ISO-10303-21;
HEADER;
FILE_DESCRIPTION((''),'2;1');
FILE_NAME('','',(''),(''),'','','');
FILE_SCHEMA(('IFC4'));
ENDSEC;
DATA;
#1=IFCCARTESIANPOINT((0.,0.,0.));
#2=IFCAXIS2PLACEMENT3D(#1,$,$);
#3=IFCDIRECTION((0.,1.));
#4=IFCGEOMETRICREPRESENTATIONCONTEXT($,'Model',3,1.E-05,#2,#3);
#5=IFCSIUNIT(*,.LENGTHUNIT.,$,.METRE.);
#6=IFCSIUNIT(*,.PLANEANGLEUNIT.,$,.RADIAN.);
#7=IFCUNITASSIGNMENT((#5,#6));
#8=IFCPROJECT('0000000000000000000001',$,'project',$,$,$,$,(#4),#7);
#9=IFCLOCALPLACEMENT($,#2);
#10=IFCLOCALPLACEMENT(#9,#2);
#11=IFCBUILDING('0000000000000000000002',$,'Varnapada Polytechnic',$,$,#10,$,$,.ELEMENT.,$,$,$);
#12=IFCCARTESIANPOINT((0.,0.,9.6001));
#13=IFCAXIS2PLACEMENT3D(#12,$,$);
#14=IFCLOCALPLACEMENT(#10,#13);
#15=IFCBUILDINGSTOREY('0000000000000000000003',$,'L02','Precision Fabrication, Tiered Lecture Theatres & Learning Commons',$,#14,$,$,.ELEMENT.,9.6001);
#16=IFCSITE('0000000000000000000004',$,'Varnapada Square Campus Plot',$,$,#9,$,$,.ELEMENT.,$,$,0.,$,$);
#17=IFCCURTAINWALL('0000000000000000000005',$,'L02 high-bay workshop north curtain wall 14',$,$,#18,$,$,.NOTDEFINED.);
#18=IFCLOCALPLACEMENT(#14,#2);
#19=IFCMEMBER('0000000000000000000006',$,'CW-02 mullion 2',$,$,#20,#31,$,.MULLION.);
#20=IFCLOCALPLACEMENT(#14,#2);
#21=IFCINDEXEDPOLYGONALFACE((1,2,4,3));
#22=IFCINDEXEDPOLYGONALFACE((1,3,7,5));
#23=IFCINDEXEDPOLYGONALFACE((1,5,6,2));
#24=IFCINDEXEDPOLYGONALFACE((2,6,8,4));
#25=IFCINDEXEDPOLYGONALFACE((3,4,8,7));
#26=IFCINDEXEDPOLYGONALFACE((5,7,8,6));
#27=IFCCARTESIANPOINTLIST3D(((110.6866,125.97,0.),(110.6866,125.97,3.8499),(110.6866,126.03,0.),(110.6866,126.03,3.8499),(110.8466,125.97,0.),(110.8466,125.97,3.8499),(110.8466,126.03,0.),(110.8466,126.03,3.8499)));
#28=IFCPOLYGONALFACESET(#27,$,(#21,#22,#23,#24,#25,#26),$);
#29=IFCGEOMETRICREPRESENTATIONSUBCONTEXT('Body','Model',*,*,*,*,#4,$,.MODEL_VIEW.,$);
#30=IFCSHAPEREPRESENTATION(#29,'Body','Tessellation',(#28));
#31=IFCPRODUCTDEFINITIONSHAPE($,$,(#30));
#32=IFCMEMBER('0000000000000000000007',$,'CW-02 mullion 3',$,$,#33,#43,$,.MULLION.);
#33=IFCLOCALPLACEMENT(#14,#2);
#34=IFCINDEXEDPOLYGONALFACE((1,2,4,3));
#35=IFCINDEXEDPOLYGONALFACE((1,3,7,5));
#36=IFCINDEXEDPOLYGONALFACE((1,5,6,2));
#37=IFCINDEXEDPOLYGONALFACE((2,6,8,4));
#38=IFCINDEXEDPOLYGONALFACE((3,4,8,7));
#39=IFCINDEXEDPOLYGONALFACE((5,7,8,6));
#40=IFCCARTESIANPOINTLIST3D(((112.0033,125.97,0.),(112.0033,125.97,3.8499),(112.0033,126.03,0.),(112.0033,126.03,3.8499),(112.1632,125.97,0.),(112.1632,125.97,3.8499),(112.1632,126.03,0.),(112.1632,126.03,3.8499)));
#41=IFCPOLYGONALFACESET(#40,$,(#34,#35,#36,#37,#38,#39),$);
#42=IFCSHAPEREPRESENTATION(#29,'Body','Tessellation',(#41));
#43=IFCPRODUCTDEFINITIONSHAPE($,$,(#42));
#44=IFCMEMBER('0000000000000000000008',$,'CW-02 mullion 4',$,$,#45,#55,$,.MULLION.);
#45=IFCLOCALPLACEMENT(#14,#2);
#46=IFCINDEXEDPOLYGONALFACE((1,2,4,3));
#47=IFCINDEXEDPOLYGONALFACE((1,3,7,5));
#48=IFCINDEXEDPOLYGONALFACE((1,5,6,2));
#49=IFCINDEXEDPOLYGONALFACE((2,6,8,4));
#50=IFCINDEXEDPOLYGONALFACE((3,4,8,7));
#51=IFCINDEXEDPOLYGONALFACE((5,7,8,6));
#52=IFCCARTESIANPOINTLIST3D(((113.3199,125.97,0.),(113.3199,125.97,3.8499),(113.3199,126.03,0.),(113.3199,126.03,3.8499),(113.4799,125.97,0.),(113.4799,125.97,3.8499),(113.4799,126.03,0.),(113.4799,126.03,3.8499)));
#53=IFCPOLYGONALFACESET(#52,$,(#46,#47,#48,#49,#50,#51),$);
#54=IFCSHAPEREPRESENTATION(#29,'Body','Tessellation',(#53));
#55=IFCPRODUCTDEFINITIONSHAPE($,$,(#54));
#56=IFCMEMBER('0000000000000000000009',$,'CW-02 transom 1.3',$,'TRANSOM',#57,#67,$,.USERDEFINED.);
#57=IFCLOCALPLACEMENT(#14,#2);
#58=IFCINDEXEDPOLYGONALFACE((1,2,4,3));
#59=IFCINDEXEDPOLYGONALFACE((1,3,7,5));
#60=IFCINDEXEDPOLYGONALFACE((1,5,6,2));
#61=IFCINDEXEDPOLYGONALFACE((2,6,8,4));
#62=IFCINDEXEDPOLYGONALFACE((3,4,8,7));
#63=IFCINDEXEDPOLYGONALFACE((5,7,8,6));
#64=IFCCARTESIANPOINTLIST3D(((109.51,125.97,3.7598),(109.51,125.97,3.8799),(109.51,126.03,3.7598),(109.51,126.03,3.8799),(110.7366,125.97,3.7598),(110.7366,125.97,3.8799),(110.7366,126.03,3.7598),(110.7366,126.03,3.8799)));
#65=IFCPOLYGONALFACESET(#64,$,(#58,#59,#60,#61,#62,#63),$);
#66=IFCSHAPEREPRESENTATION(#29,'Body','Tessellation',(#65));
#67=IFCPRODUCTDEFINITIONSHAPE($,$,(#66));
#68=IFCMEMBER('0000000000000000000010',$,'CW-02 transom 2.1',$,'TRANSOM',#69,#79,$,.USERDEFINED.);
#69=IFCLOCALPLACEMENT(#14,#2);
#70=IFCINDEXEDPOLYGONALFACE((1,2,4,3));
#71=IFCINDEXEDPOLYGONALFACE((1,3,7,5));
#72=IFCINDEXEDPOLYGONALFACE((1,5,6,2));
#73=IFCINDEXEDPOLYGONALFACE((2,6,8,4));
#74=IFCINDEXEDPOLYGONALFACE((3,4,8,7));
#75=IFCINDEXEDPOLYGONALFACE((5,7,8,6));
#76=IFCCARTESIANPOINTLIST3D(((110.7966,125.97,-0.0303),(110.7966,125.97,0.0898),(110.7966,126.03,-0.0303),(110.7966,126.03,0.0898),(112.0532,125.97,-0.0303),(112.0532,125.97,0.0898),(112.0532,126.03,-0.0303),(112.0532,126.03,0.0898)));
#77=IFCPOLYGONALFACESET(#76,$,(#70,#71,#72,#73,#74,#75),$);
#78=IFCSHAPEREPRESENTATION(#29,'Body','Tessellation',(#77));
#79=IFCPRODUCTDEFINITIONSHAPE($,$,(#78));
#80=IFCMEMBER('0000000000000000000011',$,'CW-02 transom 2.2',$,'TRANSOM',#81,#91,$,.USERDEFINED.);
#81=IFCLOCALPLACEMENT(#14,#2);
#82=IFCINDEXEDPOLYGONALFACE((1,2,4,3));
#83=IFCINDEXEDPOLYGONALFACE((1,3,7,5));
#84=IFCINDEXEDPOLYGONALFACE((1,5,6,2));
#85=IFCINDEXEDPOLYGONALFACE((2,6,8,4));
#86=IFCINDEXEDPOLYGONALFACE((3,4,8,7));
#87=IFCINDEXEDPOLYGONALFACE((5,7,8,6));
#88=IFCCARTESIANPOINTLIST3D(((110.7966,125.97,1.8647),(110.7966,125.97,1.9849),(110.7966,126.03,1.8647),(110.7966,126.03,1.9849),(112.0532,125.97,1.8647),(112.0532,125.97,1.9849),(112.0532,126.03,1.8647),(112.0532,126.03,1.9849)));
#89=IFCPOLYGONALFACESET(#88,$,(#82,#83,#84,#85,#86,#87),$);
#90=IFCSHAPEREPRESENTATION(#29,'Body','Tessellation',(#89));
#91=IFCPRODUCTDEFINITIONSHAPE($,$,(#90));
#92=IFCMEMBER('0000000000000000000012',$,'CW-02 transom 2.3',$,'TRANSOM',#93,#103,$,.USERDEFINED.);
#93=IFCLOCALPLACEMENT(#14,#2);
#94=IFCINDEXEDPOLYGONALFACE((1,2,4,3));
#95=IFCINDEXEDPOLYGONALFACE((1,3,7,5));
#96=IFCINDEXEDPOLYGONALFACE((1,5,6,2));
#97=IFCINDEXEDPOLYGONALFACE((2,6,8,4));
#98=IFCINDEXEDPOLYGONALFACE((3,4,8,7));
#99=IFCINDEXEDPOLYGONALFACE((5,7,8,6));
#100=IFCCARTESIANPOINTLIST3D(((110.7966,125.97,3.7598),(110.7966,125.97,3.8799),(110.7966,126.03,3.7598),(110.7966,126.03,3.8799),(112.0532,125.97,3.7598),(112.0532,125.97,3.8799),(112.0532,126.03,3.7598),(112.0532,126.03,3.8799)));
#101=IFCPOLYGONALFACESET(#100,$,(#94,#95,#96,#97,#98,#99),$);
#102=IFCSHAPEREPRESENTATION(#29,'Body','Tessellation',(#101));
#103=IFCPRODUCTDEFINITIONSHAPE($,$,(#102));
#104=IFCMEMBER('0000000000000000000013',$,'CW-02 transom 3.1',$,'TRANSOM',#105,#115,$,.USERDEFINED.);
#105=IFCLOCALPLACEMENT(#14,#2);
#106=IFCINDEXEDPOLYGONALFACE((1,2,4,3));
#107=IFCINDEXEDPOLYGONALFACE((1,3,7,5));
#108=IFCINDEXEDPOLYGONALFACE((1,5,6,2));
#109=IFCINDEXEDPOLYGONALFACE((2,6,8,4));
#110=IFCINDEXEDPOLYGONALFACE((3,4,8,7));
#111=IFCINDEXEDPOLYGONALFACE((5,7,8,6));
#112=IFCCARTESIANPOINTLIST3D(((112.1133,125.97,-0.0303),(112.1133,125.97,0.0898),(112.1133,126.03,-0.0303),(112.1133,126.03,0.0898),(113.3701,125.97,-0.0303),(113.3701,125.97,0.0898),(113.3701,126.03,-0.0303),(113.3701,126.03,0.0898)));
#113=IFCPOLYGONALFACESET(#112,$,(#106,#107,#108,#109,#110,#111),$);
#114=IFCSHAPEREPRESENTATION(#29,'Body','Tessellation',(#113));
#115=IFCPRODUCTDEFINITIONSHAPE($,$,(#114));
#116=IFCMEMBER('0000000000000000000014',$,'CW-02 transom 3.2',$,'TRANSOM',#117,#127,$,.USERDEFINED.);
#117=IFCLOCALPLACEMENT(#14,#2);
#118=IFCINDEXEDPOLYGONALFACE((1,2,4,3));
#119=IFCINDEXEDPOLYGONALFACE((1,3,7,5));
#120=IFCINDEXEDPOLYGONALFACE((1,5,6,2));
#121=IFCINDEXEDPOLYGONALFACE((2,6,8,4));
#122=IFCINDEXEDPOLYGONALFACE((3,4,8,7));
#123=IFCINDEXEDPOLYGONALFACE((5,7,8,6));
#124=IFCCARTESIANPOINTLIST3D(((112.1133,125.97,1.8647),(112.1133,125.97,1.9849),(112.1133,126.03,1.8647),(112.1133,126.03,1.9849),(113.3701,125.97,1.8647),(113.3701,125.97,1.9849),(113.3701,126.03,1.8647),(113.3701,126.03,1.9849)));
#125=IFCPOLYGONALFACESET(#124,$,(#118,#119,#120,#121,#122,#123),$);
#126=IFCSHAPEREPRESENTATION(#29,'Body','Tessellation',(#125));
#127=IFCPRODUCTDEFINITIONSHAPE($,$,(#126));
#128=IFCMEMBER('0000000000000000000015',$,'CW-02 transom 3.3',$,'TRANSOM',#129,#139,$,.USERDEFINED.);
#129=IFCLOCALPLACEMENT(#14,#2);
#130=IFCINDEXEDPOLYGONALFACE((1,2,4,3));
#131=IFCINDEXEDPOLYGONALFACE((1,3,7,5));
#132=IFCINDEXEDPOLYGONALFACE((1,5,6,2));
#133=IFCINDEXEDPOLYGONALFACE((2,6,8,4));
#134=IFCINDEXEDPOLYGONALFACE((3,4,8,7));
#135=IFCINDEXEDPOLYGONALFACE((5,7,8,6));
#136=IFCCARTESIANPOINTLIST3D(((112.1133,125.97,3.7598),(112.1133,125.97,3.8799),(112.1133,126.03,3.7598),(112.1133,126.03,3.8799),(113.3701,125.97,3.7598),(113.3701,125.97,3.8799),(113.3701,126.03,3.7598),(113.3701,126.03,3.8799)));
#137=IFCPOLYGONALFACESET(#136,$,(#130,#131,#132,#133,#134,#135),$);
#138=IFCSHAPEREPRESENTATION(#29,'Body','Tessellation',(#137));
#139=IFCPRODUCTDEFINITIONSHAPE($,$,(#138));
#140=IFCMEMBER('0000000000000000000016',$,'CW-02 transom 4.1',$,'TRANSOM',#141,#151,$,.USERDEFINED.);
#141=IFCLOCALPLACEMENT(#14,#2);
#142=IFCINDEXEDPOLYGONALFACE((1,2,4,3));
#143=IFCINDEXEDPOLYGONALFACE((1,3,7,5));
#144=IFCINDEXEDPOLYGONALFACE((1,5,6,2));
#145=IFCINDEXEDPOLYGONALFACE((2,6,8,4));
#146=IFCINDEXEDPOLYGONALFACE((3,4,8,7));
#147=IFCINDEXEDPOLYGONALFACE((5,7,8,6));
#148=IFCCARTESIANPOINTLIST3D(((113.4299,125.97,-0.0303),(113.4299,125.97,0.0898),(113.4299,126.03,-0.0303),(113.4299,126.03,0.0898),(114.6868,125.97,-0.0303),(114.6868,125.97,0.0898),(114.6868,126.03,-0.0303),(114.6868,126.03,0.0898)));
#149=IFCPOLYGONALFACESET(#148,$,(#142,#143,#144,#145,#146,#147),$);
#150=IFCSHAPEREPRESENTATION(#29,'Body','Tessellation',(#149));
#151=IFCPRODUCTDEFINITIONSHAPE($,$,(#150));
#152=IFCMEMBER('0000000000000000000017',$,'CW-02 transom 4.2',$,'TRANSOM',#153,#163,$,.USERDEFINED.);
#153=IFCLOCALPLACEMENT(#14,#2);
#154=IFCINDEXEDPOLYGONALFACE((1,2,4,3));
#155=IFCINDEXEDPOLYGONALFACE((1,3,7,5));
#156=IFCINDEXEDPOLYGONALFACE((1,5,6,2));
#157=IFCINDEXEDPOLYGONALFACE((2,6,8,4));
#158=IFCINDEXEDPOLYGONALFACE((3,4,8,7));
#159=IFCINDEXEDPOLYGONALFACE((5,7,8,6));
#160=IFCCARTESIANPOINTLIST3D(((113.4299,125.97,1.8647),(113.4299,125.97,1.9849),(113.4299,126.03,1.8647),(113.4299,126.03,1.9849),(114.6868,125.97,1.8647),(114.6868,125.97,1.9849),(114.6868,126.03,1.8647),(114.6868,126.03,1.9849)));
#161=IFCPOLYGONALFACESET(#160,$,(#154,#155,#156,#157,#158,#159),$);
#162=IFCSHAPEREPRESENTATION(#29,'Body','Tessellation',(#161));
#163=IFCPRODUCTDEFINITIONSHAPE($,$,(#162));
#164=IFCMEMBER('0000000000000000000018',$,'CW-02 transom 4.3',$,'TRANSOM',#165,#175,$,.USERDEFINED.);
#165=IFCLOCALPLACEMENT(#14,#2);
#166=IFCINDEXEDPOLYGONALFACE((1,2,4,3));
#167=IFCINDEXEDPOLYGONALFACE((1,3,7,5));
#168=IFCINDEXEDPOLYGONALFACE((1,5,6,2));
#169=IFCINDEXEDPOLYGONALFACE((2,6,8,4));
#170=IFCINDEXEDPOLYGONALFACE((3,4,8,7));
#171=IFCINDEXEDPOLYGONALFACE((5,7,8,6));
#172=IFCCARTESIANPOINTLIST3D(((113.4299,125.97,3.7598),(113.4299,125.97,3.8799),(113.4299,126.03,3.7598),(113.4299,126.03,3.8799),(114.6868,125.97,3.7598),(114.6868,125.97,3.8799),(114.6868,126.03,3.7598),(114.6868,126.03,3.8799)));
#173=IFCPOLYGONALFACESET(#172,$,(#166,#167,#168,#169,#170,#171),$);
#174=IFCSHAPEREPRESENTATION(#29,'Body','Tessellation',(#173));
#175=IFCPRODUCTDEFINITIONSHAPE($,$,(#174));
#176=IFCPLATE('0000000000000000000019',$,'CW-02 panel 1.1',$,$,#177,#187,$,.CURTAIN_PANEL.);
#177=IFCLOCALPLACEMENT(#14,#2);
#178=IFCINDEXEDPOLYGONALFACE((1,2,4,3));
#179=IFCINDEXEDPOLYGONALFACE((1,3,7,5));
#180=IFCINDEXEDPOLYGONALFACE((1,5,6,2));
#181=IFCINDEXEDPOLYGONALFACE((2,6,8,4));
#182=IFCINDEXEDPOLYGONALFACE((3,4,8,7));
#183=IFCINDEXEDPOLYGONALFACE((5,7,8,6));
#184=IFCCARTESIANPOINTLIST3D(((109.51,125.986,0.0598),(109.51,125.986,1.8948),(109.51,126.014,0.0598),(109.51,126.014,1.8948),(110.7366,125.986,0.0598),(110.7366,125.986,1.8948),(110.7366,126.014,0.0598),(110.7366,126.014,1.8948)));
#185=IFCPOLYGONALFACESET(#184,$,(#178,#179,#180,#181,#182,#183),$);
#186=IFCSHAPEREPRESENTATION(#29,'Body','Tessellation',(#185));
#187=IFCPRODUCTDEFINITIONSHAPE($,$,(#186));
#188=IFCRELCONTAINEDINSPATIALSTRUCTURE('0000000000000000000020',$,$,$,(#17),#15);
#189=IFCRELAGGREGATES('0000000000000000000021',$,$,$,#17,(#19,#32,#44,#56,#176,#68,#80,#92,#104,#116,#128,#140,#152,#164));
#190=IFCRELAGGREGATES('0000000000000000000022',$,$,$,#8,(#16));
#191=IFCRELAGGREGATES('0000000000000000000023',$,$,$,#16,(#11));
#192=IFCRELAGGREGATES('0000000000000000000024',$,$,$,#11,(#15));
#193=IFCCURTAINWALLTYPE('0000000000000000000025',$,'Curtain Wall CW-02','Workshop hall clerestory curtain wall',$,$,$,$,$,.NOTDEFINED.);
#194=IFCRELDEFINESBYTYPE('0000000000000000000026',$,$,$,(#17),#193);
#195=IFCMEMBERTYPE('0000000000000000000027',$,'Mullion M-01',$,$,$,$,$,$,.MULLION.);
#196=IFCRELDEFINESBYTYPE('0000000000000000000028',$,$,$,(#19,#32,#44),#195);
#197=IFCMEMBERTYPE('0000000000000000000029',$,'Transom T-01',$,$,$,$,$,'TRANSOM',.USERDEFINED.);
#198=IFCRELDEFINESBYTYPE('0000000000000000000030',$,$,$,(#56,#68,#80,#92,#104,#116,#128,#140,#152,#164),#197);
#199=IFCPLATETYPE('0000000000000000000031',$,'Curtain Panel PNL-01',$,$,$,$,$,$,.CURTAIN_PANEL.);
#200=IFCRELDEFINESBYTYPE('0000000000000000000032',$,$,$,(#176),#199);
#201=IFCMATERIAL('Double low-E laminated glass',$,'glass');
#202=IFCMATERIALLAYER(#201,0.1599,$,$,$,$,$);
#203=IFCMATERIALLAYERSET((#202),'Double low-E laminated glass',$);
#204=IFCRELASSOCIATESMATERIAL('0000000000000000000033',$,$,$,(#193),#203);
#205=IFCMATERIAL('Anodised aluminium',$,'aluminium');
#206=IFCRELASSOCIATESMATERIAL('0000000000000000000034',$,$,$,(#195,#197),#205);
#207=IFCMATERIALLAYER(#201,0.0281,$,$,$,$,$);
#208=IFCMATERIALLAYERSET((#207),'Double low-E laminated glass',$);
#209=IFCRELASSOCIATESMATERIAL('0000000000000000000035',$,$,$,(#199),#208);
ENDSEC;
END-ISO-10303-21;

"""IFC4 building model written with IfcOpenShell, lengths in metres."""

from ifc_helpers import new_model, si_unit, direction, frame, origin, origin_2d, place, context, subcontext, project, spatial, rectangle, extrude, material, layer, layer_set, material_profile, profile_set, type_object, element, aggregate, save


model = new_model("IFC4")

# Units and contexts
model_context = context("Model", 3, precision=1e-05, world=origin(), true_north=direction((0.0, 1.0)))
body_context = subcontext(model_context, "Body", "Model", "MODEL_VIEW")
ifc_project = project(units=[si_unit("LENGTHUNIT", "METRE"), si_unit("PLANEANGLEUNIT", "RADIAN")], contexts=[model_context])

# Site, building, storey
site_placement = place(None, origin())
site = spatial("IfcSite", under=ifc_project, at=site_placement, Name="Varnapada Square Campus Plot", CompositionType="ELEMENT", RefElevation=0.0)
building_placement = place(site_placement, origin())
building = spatial("IfcBuilding", under=site, at=building_placement, Name="Varnapada Polytechnic", CompositionType="ELEMENT")
storey_placement = place(building_placement, frame((0.0, 0.0, 9.6001)))
storey = spatial("IfcBuildingStorey", under=building, at=storey_placement, Name="L02", Description="Precision Fabrication, Tiered Lecture Theatres & Learning Commons", CompositionType="ELEMENT", Elevation=9.6001)

# Curtain wall, members, plate
ifc_material_1 = material(Name="Double low-E laminated glass", Category="glass")
ifc_layer_1 = layer(ifc_material_1, 0.1599)
ifc_layer_set_1 = layer_set([ifc_layer_1], Name="Double low-E laminated glass")
curtain_wall_type = type_object("IfcCurtainWallType", Name="Curtain Wall CW-02", Description="Workshop hall clerestory curtain wall", PredefinedType="NOTDEFINED", material=ifc_layer_set_1)
curtain_wall_placement = place(storey_placement, origin())
curtain_wall = element("IfcCurtainWall", 1, at=curtain_wall_placement, inside=storey, type_object=curtain_wall_type, Name="L02 high-bay workshop north curtain wall 14", PredefinedType="NOTDEFINED")
ifc_material_2 = material(Name="Anodised aluminium", Category="aluminium")
ifc_material_profile_1 = material_profile(ifc_material_2, rectangle(XDim=0.0601, YDim=0.1599, at=origin_2d()), Name="ALU M60x160")
ifc_profile_set_1 = profile_set([ifc_material_profile_1], Name="Anodised aluminium")
member_type_1 = type_object("IfcMemberType", Name="Mullion M-01", PredefinedType="MULLION", material=ifc_profile_set_1)
member_1_placement = place(storey_placement, frame((110.7666, 126.0, 0.0), z_axis=(0.0, 0.0, 1.0), x_axis=(0.0, 1.0, 0.0)))
member_1 = element("IfcMember", 2, at=member_1_placement, type_object=member_type_1, Name="CW-02 mullion 2", PredefinedType="MULLION", context=body_context, shape_type="SweptSolid", body=[
    extrude(rectangle(XDim=0.0601, YDim=0.1599, at=origin_2d()), origin(), (0.0, 0.0, 1.0), 3.8499),
])
member_2_placement = place(storey_placement, frame((112.0833, 126.0, 0.0), z_axis=(0.0, 0.0, 1.0), x_axis=(0.0, 1.0, 0.0)))
member_2 = element("IfcMember", 3, at=member_2_placement, type_object=member_type_1, Name="CW-02 mullion 3", PredefinedType="MULLION", context=body_context, shape_type="SweptSolid", body=[
    extrude(rectangle(XDim=0.0601, YDim=0.1599, at=origin_2d()), origin(), (0.0, 0.0, 1.0), 3.8499),
])
member_3_placement = place(storey_placement, frame((113.3999, 126.0, 0.0), z_axis=(0.0, 0.0, 1.0), x_axis=(0.0, 1.0, 0.0)))
member_3 = element("IfcMember", 4, at=member_3_placement, type_object=member_type_1, Name="CW-02 mullion 4", PredefinedType="MULLION", context=body_context, shape_type="SweptSolid", body=[
    extrude(rectangle(XDim=0.0601, YDim=0.1599, at=origin_2d()), origin(), (0.0, 0.0, 1.0), 3.8499),
])
ifc_material_profile_2 = material_profile(ifc_material_2, rectangle(XDim=0.0601, YDim=0.1201, at=origin_2d()), Name="ALU T60x120")
ifc_profile_set_2 = profile_set([ifc_material_profile_2], Name="Anodised aluminium")
member_type_2 = type_object("IfcMemberType", Name="Transom T-01", ElementType="TRANSOM", PredefinedType="USERDEFINED", material=ifc_profile_set_2)
member_4_placement = place(storey_placement, frame((109.51, 126.0, 3.8198), z_axis=(1.0, 0.0, 0.0), x_axis=(0.0, 1.0, 0.0)))
member_4 = element("IfcMember", 5, at=member_4_placement, type_object=member_type_2, Name="CW-02 transom 1.3", ObjectType="TRANSOM", PredefinedType="USERDEFINED", context=body_context, shape_type="SweptSolid", body=[
    extrude(rectangle(XDim=0.0601, YDim=0.1201, at=origin_2d()), origin(), (0.0, 0.0, 1.0), 1.2266),
])
member_5_placement = place(storey_placement, frame((110.7966, 126.0, 0.0298), z_axis=(1.0, 0.0, 0.0), x_axis=(0.0, 1.0, 0.0)))
member_5 = element("IfcMember", 6, at=member_5_placement, type_object=member_type_2, Name="CW-02 transom 2.1", ObjectType="TRANSOM", PredefinedType="USERDEFINED", context=body_context, shape_type="SweptSolid", body=[
    extrude(rectangle(XDim=0.0601, YDim=0.1201, at=origin_2d()), origin(), (0.0, 0.0, 1.0), 1.2566),
])
member_6_placement = place(storey_placement, frame((110.7966, 126.0, 1.9248), z_axis=(1.0, 0.0, 0.0), x_axis=(0.0, 1.0, 0.0)))
member_6 = element("IfcMember", 7, at=member_6_placement, type_object=member_type_2, Name="CW-02 transom 2.2", ObjectType="TRANSOM", PredefinedType="USERDEFINED", context=body_context, shape_type="SweptSolid", body=[
    extrude(rectangle(XDim=0.0601, YDim=0.1201, at=origin_2d()), origin(), (0.0, 0.0, 1.0), 1.2566),
])
member_7_placement = place(storey_placement, frame((110.7966, 126.0, 3.8198), z_axis=(1.0, 0.0, 0.0), x_axis=(0.0, 1.0, 0.0)))
member_7 = element("IfcMember", 8, at=member_7_placement, type_object=member_type_2, Name="CW-02 transom 2.3", ObjectType="TRANSOM", PredefinedType="USERDEFINED", context=body_context, shape_type="SweptSolid", body=[
    extrude(rectangle(XDim=0.0601, YDim=0.1201, at=origin_2d()), origin(), (0.0, 0.0, 1.0), 1.2566),
])
member_8_placement = place(storey_placement, frame((112.1133, 126.0, 0.0298), z_axis=(1.0, 0.0, 0.0), x_axis=(0.0, 1.0, 0.0)))
member_8 = element("IfcMember", 9, at=member_8_placement, type_object=member_type_2, Name="CW-02 transom 3.1", ObjectType="TRANSOM", PredefinedType="USERDEFINED", context=body_context, shape_type="SweptSolid", body=[
    extrude(rectangle(XDim=0.0601, YDim=0.1201, at=origin_2d()), origin(), (0.0, 0.0, 1.0), 1.2568),
])
member_9_placement = place(storey_placement, frame((112.1133, 126.0, 1.9248), z_axis=(1.0, 0.0, 0.0), x_axis=(0.0, 1.0, 0.0)))
member_9 = element("IfcMember", 10, at=member_9_placement, type_object=member_type_2, Name="CW-02 transom 3.2", ObjectType="TRANSOM", PredefinedType="USERDEFINED", context=body_context, shape_type="SweptSolid", body=[
    extrude(rectangle(XDim=0.0601, YDim=0.1201, at=origin_2d()), origin(), (0.0, 0.0, 1.0), 1.2568),
])
member_10_placement = place(storey_placement, frame((112.1133, 126.0, 3.8198), z_axis=(1.0, 0.0, 0.0), x_axis=(0.0, 1.0, 0.0)))
member_10 = element("IfcMember", 11, at=member_10_placement, type_object=member_type_2, Name="CW-02 transom 3.3", ObjectType="TRANSOM", PredefinedType="USERDEFINED", context=body_context, shape_type="SweptSolid", body=[
    extrude(rectangle(XDim=0.0601, YDim=0.1201, at=origin_2d()), origin(), (0.0, 0.0, 1.0), 1.2568),
])
member_11_placement = place(storey_placement, frame((113.4299, 126.0, 0.0298), z_axis=(1.0, 0.0, 0.0), x_axis=(0.0, 1.0, 0.0)))
member_11 = element("IfcMember", 12, at=member_11_placement, type_object=member_type_2, Name="CW-02 transom 4.1", ObjectType="TRANSOM", PredefinedType="USERDEFINED", context=body_context, shape_type="SweptSolid", body=[
    extrude(rectangle(XDim=0.0601, YDim=0.1201, at=origin_2d()), origin(), (0.0, 0.0, 1.0), 1.2568),
])
member_12_placement = place(storey_placement, frame((113.4299, 126.0, 1.9248), z_axis=(1.0, 0.0, 0.0), x_axis=(0.0, 1.0, 0.0)))
member_12 = element("IfcMember", 13, at=member_12_placement, type_object=member_type_2, Name="CW-02 transom 4.2", ObjectType="TRANSOM", PredefinedType="USERDEFINED", context=body_context, shape_type="SweptSolid", body=[
    extrude(rectangle(XDim=0.0601, YDim=0.1201, at=origin_2d()), origin(), (0.0, 0.0, 1.0), 1.2568),
])
member_13_placement = place(storey_placement, frame((113.4299, 126.0, 3.8198), z_axis=(1.0, 0.0, 0.0), x_axis=(0.0, 1.0, 0.0)))
member_13 = element("IfcMember", 14, at=member_13_placement, type_object=member_type_2, Name="CW-02 transom 4.3", ObjectType="TRANSOM", PredefinedType="USERDEFINED", context=body_context, shape_type="SweptSolid", body=[
    extrude(rectangle(XDim=0.0601, YDim=0.1201, at=origin_2d()), origin(), (0.0, 0.0, 1.0), 1.2568),
])
ifc_layer_2 = layer(ifc_material_1, 0.0281)
ifc_layer_set_2 = layer_set([ifc_layer_2], Name="Double low-E laminated glass")
plate_type = type_object("IfcPlateType", Name="Curtain Panel PNL-01", PredefinedType="CURTAIN_PANEL", material=ifc_layer_set_2)
plate_1_placement = place(storey_placement, frame((110.1233, 126.0, 0.0598), z_axis=(0.0, 0.0, 1.0), x_axis=(1.0, 0.0, 0.0)))
plate_1 = element("IfcPlate", 15, at=plate_1_placement, type_object=plate_type, Name="CW-02 panel 1.1", PredefinedType="CURTAIN_PANEL", context=body_context, shape_type="SweptSolid", body=[
    extrude(rectangle(XDim=1.2266, YDim=0.0281, at=origin_2d()), origin(), (0.0, 0.0, 1.0), 1.835),
])
aggregate(curtain_wall, [member_1, member_2, member_3, member_4, plate_1, member_5, member_6, member_7, member_8, member_9, member_10, member_11, member_12, member_13])

save(model, "model.ifc")
